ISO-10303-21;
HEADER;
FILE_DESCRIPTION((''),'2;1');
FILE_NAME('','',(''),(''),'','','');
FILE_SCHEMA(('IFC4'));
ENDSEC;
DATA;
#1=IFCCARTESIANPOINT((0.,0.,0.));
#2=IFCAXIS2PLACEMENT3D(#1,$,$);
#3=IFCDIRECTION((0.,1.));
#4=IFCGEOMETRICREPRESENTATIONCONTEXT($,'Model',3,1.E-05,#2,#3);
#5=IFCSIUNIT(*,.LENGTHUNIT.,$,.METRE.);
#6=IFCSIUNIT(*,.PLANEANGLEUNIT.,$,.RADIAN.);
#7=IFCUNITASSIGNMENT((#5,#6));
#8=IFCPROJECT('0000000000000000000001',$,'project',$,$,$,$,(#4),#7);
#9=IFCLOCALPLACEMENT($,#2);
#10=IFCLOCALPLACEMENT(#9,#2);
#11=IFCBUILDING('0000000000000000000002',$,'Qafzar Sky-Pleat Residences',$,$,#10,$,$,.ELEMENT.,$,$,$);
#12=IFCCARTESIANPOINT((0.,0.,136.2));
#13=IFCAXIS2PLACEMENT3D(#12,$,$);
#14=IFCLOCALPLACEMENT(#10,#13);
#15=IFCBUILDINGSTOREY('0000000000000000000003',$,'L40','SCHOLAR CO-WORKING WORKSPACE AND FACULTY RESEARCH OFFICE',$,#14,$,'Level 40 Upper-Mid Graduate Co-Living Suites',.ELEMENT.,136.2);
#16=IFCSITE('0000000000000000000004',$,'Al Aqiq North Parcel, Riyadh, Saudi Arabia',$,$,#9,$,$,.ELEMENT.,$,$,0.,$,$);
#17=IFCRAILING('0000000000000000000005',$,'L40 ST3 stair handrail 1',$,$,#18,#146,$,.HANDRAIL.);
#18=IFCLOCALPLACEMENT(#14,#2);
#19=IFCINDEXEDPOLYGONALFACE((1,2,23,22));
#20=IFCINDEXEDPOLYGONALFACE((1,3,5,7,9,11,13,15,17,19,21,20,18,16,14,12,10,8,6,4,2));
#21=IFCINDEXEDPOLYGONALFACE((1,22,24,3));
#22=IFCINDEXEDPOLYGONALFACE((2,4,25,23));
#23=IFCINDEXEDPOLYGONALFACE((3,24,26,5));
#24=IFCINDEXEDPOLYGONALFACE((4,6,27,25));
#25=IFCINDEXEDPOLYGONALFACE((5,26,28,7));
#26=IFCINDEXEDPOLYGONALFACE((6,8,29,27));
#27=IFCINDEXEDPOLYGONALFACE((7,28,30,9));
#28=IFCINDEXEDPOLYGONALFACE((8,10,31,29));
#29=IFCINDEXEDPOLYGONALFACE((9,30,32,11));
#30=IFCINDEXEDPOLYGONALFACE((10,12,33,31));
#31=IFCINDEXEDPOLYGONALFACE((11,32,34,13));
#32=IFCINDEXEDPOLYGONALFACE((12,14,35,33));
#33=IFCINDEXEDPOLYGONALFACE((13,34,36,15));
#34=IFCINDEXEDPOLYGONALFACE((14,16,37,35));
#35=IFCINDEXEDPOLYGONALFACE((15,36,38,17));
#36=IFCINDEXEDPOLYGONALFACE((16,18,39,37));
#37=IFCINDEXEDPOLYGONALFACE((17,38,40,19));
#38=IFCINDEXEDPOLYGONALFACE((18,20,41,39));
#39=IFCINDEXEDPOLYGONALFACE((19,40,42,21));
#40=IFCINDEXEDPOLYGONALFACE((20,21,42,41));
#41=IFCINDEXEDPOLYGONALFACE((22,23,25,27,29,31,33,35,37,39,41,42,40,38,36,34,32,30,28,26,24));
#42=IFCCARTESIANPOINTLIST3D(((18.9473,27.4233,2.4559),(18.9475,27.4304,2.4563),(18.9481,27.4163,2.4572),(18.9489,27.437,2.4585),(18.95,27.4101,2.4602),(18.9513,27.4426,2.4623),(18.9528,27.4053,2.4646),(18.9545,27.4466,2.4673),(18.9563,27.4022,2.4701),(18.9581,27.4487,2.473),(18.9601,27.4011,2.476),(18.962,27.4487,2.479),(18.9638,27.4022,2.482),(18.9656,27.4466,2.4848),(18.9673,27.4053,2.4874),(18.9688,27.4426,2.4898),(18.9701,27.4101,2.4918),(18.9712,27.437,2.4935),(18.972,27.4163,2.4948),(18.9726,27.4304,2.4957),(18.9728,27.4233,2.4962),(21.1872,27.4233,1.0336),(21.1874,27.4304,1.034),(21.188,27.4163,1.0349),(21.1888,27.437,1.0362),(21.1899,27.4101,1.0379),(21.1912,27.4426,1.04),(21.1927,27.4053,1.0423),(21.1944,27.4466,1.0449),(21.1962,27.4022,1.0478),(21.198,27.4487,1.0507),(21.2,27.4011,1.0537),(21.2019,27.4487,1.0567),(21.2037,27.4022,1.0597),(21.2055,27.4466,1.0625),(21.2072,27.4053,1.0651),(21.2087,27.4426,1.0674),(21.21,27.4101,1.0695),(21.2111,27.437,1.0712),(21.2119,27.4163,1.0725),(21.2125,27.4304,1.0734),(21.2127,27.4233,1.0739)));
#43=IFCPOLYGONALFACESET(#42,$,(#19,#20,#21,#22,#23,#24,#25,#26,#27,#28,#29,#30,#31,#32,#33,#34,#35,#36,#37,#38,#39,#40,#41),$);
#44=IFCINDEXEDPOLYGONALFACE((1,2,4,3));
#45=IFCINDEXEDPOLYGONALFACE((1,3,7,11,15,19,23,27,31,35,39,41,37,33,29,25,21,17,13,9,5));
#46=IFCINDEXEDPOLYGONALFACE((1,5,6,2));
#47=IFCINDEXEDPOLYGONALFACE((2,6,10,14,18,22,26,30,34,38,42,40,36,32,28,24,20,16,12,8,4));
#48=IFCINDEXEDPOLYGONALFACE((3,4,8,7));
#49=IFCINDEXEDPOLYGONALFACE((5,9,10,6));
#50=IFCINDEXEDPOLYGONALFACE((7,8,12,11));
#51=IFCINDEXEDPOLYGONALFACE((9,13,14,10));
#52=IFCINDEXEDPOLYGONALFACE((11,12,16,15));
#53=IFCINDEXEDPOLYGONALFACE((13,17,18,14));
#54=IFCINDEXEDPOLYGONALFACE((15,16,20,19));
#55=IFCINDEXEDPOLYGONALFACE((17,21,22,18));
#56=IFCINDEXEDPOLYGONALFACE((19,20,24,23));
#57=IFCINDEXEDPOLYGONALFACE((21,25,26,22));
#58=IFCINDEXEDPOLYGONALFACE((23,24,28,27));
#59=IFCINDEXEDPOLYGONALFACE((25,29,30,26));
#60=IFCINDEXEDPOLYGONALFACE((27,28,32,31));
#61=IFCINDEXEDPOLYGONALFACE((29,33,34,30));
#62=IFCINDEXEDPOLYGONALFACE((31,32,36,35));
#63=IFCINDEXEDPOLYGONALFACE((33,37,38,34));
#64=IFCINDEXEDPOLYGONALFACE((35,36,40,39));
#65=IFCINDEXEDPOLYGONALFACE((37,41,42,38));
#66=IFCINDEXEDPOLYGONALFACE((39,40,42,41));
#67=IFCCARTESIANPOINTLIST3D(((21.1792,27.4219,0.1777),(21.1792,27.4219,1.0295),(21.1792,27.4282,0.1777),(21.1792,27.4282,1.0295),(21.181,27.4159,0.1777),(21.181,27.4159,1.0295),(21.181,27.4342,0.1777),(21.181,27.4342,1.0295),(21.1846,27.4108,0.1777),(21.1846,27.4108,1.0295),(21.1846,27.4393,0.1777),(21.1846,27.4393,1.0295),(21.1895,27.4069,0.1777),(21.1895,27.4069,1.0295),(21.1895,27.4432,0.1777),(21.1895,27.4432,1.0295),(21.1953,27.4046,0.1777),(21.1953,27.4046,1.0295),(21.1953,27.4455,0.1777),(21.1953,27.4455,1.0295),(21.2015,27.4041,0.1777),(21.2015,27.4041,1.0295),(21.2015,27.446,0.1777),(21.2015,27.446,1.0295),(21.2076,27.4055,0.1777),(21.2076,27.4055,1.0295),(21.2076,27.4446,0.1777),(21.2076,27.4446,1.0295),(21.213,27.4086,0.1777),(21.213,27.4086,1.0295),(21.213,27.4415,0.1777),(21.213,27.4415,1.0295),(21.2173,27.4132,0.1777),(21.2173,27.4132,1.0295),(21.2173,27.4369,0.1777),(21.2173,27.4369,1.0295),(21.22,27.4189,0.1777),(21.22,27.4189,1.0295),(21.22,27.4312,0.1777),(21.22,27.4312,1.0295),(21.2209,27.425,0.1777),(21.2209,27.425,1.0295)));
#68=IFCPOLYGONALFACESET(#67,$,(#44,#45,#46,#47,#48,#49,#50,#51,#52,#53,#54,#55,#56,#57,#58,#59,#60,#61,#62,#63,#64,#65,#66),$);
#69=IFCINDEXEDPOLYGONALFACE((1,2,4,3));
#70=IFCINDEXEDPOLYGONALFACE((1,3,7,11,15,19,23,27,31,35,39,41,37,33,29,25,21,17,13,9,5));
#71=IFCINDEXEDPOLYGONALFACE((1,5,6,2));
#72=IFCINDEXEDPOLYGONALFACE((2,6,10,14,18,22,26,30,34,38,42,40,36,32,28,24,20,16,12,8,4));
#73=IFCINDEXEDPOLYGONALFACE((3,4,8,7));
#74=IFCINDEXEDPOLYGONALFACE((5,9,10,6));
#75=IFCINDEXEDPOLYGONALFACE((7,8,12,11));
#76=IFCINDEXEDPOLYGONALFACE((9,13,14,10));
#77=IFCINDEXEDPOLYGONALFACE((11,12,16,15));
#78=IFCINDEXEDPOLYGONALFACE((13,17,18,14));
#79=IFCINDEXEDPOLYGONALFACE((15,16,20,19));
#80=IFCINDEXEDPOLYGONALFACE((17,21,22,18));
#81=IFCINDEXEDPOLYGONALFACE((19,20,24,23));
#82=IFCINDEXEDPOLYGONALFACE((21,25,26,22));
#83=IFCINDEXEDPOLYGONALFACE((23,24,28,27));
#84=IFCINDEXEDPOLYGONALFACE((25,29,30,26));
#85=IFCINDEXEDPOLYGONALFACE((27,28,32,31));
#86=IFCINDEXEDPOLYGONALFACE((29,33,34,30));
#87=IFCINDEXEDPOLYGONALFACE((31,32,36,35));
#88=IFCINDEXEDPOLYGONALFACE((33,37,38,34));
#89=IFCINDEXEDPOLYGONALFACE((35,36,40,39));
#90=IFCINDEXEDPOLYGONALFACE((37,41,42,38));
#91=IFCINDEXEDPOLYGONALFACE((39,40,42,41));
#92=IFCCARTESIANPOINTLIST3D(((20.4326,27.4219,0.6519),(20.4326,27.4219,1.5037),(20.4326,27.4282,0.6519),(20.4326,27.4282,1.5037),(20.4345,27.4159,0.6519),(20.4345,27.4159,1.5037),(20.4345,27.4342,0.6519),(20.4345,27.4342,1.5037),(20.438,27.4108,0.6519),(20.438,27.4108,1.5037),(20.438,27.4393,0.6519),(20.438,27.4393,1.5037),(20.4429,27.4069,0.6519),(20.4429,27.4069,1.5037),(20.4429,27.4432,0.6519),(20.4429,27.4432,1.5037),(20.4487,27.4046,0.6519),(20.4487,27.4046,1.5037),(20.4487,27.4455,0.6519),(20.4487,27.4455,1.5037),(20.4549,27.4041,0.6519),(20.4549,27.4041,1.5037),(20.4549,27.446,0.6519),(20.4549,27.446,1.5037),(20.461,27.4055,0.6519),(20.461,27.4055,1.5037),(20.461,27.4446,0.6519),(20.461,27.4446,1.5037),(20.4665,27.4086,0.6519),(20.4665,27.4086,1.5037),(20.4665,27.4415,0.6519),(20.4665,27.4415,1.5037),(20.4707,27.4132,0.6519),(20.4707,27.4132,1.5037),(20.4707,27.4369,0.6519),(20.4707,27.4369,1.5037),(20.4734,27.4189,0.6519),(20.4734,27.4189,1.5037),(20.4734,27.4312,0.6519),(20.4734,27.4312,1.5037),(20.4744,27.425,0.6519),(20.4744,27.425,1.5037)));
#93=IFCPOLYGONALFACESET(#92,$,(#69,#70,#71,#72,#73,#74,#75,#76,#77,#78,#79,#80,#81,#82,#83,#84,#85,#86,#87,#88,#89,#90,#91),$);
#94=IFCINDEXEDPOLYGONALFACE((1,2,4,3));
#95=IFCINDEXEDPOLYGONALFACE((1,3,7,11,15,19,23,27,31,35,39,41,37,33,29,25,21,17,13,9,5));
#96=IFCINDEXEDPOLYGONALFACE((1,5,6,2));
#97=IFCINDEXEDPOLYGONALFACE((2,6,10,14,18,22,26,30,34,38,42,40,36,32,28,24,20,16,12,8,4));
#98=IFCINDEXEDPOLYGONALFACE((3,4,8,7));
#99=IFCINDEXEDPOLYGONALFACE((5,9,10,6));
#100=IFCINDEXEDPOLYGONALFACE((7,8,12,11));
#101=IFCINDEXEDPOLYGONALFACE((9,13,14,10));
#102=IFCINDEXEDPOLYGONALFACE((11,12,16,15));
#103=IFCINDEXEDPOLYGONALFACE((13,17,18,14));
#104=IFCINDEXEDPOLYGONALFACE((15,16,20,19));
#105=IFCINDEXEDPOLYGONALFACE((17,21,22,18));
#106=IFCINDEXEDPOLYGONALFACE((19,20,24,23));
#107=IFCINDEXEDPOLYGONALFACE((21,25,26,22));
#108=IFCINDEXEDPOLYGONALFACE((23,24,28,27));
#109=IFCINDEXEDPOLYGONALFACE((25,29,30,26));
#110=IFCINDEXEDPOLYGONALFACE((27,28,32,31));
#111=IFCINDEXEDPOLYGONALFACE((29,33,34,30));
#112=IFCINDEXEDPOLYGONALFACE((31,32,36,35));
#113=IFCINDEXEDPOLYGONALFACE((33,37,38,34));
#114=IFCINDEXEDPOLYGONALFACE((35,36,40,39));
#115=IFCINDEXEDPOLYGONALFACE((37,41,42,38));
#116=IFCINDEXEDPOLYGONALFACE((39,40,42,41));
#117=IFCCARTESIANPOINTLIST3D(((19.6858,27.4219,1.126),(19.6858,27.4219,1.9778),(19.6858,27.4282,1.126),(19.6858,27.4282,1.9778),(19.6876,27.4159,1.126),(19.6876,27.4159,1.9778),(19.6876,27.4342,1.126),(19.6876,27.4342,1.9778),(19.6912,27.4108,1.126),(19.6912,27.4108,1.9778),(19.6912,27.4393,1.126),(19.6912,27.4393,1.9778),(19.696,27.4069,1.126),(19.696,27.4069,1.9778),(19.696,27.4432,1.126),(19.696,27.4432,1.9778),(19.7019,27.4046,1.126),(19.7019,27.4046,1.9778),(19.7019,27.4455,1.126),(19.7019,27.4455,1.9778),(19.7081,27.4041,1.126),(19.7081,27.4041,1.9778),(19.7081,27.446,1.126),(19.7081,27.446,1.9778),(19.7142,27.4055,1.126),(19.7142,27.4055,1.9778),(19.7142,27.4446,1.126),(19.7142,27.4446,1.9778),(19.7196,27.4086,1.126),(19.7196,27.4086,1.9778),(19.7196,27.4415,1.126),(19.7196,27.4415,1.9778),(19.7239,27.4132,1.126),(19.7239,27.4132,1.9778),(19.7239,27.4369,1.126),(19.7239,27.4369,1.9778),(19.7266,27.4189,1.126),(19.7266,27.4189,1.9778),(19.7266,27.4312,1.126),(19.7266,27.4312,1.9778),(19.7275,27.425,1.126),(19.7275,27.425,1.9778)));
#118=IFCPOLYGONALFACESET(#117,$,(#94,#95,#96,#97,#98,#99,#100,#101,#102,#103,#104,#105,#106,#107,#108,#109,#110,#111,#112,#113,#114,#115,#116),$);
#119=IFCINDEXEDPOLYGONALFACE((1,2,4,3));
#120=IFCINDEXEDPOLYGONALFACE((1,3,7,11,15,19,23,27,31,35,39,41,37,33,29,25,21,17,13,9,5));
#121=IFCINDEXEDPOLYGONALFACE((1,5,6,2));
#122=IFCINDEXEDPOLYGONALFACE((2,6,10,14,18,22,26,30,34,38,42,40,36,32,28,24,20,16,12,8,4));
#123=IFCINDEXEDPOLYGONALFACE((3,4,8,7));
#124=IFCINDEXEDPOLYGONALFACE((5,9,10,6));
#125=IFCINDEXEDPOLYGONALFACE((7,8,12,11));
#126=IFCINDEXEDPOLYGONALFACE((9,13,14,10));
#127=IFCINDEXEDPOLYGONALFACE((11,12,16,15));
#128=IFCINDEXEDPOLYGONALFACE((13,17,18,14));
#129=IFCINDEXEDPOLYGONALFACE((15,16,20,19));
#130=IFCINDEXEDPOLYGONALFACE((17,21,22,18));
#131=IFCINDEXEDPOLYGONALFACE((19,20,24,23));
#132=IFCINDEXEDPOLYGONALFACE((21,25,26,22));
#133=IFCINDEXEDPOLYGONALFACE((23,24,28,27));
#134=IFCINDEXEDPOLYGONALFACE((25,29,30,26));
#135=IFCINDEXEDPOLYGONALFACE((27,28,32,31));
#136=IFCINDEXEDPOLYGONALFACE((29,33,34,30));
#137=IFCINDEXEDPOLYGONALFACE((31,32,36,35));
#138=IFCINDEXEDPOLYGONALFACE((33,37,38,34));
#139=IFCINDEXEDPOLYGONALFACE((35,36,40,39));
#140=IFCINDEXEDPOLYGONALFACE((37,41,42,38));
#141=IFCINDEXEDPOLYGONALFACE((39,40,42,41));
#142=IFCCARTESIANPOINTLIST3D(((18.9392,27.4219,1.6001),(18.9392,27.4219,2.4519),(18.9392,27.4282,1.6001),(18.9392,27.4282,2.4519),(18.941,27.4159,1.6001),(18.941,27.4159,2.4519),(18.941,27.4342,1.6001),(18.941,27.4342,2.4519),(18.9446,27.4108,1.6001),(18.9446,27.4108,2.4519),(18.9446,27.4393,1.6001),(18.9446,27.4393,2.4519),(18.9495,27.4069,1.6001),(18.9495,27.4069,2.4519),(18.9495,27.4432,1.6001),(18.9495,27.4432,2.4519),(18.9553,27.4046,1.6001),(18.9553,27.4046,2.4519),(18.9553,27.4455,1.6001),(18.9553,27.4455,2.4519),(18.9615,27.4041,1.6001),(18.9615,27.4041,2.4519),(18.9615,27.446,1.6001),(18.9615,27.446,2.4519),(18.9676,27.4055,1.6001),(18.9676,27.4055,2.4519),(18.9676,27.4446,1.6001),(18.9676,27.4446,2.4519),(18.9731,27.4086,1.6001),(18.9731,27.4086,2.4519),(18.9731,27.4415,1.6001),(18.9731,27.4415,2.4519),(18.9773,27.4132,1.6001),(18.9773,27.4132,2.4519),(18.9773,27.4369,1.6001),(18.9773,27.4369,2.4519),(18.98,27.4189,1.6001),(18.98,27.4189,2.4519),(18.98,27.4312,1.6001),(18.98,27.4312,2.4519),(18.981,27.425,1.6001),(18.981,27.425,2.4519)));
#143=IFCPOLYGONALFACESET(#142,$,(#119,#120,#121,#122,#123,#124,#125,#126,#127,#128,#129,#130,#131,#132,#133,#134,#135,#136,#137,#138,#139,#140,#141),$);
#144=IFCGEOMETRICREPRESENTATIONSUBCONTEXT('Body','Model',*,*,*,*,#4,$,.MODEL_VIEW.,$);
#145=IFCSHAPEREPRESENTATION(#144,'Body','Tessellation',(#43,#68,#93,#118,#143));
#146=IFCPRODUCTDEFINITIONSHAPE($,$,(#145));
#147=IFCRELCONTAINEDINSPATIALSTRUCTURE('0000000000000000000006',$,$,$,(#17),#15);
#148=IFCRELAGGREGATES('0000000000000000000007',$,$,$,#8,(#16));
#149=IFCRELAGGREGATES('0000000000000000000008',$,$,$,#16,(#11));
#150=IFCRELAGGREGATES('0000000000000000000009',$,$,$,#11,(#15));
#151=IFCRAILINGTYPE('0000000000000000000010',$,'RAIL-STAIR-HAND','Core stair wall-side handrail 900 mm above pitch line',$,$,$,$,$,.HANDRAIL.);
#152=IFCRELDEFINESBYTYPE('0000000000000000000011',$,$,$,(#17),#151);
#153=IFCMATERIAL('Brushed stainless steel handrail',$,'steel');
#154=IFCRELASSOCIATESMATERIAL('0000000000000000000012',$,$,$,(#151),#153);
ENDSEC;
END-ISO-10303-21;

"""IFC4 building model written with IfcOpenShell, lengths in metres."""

from ifc_helpers import new_model, si_unit, direction, frame, origin, origin_2d, place, context, subcontext, project, spatial, circle, extrude, source, transform, mapped, material, type_object, element, save


model = new_model("IFC4")

# Units and contexts
model_context = context("Model", 3, precision=1e-05, world=origin(), true_north=direction((0.0, 1.0)))
body_context = subcontext(model_context, "Body", "Model", "MODEL_VIEW")
ifc_project = project(units=[si_unit("LENGTHUNIT", "METRE"), si_unit("PLANEANGLEUNIT", "RADIAN")], contexts=[model_context])

# Site, building, storey
site_placement = place(None, origin())
site = spatial("IfcSite", under=ifc_project, at=site_placement, Name="Al Aqiq North Parcel, Riyadh, Saudi Arabia", CompositionType="ELEMENT", RefElevation=0.0)
building_placement = place(site_placement, origin())
building = spatial("IfcBuilding", under=site, at=building_placement, Name="Qafzar Sky-Pleat Residences", CompositionType="ELEMENT")
storey_placement = place(building_placement, frame((0.0, 0.0, 136.2)))
storey = spatial("IfcBuildingStorey", under=building, at=storey_placement, Name="L40", Description="SCHOLAR CO-WORKING WORKSPACE AND FACULTY RESEARCH OFFICE", LongName="Level 40 Upper-Mid Graduate Co-Living Suites", CompositionType="ELEMENT", Elevation=136.2)

# Railing
ifc_material_1 = material(Name="Brushed stainless steel handrail", Category="steel")
railing_type_1 = type_object("IfcRailingType", Name="RAIL-STAIR-HAND", Description="Core stair wall-side handrail 900 mm above pitch line", PredefinedType="HANDRAIL", material=ifc_material_1)
shared_shape_1 = source(origin(), body_context, "Body", "SweptSolid", [
    extrude(circle(Radius=0.0239, at=origin_2d()), frame((0.0, 0.0, 0.876), z_axis=(-0.844188, 0.0, 0.536048), x_axis=(0.0, -1.0, 0.0)), (0.0, 0.0, 1.0), 2.6533),
    extrude(circle(Radius=0.021, at=origin_2d()), origin(), (0.0, 0.0, 1.0), 0.8518),
    extrude(circle(Radius=0.021, at=origin_2d()), frame((-0.7466, 0.0, 0.4741)), (0.0, 0.0, 1.0), 0.8518),
    extrude(circle(Radius=0.021, at=origin_2d()), frame((-1.4934, 0.0, 0.9482)), (0.0, 0.0, 1.0), 0.8518),
    extrude(circle(Radius=0.021, at=origin_2d()), frame((-2.24, 0.0, 1.4224)), (0.0, 0.0, 1.0), 0.8518),
])
railing_1_placement = place(storey_placement, frame((21.2, 27.425, 0.1777)))
element("IfcRailing", 1, at=railing_1_placement, inside=storey, type_object=railing_type_1, Name="L40 ST3 stair handrail 1", PredefinedType="HANDRAIL", context=body_context, shape_type="MappedRepresentation", body=[
    mapped(shared_shape_1, transform((0.0, 0.0, 0.0), x_axis=(1.0, 0.0, 0.0), y_axis=(0.0, 1.0, 0.0), z_axis=(0.0, 0.0, 1.0), scale=1.0)),
])

save(model, "model.ifc")
